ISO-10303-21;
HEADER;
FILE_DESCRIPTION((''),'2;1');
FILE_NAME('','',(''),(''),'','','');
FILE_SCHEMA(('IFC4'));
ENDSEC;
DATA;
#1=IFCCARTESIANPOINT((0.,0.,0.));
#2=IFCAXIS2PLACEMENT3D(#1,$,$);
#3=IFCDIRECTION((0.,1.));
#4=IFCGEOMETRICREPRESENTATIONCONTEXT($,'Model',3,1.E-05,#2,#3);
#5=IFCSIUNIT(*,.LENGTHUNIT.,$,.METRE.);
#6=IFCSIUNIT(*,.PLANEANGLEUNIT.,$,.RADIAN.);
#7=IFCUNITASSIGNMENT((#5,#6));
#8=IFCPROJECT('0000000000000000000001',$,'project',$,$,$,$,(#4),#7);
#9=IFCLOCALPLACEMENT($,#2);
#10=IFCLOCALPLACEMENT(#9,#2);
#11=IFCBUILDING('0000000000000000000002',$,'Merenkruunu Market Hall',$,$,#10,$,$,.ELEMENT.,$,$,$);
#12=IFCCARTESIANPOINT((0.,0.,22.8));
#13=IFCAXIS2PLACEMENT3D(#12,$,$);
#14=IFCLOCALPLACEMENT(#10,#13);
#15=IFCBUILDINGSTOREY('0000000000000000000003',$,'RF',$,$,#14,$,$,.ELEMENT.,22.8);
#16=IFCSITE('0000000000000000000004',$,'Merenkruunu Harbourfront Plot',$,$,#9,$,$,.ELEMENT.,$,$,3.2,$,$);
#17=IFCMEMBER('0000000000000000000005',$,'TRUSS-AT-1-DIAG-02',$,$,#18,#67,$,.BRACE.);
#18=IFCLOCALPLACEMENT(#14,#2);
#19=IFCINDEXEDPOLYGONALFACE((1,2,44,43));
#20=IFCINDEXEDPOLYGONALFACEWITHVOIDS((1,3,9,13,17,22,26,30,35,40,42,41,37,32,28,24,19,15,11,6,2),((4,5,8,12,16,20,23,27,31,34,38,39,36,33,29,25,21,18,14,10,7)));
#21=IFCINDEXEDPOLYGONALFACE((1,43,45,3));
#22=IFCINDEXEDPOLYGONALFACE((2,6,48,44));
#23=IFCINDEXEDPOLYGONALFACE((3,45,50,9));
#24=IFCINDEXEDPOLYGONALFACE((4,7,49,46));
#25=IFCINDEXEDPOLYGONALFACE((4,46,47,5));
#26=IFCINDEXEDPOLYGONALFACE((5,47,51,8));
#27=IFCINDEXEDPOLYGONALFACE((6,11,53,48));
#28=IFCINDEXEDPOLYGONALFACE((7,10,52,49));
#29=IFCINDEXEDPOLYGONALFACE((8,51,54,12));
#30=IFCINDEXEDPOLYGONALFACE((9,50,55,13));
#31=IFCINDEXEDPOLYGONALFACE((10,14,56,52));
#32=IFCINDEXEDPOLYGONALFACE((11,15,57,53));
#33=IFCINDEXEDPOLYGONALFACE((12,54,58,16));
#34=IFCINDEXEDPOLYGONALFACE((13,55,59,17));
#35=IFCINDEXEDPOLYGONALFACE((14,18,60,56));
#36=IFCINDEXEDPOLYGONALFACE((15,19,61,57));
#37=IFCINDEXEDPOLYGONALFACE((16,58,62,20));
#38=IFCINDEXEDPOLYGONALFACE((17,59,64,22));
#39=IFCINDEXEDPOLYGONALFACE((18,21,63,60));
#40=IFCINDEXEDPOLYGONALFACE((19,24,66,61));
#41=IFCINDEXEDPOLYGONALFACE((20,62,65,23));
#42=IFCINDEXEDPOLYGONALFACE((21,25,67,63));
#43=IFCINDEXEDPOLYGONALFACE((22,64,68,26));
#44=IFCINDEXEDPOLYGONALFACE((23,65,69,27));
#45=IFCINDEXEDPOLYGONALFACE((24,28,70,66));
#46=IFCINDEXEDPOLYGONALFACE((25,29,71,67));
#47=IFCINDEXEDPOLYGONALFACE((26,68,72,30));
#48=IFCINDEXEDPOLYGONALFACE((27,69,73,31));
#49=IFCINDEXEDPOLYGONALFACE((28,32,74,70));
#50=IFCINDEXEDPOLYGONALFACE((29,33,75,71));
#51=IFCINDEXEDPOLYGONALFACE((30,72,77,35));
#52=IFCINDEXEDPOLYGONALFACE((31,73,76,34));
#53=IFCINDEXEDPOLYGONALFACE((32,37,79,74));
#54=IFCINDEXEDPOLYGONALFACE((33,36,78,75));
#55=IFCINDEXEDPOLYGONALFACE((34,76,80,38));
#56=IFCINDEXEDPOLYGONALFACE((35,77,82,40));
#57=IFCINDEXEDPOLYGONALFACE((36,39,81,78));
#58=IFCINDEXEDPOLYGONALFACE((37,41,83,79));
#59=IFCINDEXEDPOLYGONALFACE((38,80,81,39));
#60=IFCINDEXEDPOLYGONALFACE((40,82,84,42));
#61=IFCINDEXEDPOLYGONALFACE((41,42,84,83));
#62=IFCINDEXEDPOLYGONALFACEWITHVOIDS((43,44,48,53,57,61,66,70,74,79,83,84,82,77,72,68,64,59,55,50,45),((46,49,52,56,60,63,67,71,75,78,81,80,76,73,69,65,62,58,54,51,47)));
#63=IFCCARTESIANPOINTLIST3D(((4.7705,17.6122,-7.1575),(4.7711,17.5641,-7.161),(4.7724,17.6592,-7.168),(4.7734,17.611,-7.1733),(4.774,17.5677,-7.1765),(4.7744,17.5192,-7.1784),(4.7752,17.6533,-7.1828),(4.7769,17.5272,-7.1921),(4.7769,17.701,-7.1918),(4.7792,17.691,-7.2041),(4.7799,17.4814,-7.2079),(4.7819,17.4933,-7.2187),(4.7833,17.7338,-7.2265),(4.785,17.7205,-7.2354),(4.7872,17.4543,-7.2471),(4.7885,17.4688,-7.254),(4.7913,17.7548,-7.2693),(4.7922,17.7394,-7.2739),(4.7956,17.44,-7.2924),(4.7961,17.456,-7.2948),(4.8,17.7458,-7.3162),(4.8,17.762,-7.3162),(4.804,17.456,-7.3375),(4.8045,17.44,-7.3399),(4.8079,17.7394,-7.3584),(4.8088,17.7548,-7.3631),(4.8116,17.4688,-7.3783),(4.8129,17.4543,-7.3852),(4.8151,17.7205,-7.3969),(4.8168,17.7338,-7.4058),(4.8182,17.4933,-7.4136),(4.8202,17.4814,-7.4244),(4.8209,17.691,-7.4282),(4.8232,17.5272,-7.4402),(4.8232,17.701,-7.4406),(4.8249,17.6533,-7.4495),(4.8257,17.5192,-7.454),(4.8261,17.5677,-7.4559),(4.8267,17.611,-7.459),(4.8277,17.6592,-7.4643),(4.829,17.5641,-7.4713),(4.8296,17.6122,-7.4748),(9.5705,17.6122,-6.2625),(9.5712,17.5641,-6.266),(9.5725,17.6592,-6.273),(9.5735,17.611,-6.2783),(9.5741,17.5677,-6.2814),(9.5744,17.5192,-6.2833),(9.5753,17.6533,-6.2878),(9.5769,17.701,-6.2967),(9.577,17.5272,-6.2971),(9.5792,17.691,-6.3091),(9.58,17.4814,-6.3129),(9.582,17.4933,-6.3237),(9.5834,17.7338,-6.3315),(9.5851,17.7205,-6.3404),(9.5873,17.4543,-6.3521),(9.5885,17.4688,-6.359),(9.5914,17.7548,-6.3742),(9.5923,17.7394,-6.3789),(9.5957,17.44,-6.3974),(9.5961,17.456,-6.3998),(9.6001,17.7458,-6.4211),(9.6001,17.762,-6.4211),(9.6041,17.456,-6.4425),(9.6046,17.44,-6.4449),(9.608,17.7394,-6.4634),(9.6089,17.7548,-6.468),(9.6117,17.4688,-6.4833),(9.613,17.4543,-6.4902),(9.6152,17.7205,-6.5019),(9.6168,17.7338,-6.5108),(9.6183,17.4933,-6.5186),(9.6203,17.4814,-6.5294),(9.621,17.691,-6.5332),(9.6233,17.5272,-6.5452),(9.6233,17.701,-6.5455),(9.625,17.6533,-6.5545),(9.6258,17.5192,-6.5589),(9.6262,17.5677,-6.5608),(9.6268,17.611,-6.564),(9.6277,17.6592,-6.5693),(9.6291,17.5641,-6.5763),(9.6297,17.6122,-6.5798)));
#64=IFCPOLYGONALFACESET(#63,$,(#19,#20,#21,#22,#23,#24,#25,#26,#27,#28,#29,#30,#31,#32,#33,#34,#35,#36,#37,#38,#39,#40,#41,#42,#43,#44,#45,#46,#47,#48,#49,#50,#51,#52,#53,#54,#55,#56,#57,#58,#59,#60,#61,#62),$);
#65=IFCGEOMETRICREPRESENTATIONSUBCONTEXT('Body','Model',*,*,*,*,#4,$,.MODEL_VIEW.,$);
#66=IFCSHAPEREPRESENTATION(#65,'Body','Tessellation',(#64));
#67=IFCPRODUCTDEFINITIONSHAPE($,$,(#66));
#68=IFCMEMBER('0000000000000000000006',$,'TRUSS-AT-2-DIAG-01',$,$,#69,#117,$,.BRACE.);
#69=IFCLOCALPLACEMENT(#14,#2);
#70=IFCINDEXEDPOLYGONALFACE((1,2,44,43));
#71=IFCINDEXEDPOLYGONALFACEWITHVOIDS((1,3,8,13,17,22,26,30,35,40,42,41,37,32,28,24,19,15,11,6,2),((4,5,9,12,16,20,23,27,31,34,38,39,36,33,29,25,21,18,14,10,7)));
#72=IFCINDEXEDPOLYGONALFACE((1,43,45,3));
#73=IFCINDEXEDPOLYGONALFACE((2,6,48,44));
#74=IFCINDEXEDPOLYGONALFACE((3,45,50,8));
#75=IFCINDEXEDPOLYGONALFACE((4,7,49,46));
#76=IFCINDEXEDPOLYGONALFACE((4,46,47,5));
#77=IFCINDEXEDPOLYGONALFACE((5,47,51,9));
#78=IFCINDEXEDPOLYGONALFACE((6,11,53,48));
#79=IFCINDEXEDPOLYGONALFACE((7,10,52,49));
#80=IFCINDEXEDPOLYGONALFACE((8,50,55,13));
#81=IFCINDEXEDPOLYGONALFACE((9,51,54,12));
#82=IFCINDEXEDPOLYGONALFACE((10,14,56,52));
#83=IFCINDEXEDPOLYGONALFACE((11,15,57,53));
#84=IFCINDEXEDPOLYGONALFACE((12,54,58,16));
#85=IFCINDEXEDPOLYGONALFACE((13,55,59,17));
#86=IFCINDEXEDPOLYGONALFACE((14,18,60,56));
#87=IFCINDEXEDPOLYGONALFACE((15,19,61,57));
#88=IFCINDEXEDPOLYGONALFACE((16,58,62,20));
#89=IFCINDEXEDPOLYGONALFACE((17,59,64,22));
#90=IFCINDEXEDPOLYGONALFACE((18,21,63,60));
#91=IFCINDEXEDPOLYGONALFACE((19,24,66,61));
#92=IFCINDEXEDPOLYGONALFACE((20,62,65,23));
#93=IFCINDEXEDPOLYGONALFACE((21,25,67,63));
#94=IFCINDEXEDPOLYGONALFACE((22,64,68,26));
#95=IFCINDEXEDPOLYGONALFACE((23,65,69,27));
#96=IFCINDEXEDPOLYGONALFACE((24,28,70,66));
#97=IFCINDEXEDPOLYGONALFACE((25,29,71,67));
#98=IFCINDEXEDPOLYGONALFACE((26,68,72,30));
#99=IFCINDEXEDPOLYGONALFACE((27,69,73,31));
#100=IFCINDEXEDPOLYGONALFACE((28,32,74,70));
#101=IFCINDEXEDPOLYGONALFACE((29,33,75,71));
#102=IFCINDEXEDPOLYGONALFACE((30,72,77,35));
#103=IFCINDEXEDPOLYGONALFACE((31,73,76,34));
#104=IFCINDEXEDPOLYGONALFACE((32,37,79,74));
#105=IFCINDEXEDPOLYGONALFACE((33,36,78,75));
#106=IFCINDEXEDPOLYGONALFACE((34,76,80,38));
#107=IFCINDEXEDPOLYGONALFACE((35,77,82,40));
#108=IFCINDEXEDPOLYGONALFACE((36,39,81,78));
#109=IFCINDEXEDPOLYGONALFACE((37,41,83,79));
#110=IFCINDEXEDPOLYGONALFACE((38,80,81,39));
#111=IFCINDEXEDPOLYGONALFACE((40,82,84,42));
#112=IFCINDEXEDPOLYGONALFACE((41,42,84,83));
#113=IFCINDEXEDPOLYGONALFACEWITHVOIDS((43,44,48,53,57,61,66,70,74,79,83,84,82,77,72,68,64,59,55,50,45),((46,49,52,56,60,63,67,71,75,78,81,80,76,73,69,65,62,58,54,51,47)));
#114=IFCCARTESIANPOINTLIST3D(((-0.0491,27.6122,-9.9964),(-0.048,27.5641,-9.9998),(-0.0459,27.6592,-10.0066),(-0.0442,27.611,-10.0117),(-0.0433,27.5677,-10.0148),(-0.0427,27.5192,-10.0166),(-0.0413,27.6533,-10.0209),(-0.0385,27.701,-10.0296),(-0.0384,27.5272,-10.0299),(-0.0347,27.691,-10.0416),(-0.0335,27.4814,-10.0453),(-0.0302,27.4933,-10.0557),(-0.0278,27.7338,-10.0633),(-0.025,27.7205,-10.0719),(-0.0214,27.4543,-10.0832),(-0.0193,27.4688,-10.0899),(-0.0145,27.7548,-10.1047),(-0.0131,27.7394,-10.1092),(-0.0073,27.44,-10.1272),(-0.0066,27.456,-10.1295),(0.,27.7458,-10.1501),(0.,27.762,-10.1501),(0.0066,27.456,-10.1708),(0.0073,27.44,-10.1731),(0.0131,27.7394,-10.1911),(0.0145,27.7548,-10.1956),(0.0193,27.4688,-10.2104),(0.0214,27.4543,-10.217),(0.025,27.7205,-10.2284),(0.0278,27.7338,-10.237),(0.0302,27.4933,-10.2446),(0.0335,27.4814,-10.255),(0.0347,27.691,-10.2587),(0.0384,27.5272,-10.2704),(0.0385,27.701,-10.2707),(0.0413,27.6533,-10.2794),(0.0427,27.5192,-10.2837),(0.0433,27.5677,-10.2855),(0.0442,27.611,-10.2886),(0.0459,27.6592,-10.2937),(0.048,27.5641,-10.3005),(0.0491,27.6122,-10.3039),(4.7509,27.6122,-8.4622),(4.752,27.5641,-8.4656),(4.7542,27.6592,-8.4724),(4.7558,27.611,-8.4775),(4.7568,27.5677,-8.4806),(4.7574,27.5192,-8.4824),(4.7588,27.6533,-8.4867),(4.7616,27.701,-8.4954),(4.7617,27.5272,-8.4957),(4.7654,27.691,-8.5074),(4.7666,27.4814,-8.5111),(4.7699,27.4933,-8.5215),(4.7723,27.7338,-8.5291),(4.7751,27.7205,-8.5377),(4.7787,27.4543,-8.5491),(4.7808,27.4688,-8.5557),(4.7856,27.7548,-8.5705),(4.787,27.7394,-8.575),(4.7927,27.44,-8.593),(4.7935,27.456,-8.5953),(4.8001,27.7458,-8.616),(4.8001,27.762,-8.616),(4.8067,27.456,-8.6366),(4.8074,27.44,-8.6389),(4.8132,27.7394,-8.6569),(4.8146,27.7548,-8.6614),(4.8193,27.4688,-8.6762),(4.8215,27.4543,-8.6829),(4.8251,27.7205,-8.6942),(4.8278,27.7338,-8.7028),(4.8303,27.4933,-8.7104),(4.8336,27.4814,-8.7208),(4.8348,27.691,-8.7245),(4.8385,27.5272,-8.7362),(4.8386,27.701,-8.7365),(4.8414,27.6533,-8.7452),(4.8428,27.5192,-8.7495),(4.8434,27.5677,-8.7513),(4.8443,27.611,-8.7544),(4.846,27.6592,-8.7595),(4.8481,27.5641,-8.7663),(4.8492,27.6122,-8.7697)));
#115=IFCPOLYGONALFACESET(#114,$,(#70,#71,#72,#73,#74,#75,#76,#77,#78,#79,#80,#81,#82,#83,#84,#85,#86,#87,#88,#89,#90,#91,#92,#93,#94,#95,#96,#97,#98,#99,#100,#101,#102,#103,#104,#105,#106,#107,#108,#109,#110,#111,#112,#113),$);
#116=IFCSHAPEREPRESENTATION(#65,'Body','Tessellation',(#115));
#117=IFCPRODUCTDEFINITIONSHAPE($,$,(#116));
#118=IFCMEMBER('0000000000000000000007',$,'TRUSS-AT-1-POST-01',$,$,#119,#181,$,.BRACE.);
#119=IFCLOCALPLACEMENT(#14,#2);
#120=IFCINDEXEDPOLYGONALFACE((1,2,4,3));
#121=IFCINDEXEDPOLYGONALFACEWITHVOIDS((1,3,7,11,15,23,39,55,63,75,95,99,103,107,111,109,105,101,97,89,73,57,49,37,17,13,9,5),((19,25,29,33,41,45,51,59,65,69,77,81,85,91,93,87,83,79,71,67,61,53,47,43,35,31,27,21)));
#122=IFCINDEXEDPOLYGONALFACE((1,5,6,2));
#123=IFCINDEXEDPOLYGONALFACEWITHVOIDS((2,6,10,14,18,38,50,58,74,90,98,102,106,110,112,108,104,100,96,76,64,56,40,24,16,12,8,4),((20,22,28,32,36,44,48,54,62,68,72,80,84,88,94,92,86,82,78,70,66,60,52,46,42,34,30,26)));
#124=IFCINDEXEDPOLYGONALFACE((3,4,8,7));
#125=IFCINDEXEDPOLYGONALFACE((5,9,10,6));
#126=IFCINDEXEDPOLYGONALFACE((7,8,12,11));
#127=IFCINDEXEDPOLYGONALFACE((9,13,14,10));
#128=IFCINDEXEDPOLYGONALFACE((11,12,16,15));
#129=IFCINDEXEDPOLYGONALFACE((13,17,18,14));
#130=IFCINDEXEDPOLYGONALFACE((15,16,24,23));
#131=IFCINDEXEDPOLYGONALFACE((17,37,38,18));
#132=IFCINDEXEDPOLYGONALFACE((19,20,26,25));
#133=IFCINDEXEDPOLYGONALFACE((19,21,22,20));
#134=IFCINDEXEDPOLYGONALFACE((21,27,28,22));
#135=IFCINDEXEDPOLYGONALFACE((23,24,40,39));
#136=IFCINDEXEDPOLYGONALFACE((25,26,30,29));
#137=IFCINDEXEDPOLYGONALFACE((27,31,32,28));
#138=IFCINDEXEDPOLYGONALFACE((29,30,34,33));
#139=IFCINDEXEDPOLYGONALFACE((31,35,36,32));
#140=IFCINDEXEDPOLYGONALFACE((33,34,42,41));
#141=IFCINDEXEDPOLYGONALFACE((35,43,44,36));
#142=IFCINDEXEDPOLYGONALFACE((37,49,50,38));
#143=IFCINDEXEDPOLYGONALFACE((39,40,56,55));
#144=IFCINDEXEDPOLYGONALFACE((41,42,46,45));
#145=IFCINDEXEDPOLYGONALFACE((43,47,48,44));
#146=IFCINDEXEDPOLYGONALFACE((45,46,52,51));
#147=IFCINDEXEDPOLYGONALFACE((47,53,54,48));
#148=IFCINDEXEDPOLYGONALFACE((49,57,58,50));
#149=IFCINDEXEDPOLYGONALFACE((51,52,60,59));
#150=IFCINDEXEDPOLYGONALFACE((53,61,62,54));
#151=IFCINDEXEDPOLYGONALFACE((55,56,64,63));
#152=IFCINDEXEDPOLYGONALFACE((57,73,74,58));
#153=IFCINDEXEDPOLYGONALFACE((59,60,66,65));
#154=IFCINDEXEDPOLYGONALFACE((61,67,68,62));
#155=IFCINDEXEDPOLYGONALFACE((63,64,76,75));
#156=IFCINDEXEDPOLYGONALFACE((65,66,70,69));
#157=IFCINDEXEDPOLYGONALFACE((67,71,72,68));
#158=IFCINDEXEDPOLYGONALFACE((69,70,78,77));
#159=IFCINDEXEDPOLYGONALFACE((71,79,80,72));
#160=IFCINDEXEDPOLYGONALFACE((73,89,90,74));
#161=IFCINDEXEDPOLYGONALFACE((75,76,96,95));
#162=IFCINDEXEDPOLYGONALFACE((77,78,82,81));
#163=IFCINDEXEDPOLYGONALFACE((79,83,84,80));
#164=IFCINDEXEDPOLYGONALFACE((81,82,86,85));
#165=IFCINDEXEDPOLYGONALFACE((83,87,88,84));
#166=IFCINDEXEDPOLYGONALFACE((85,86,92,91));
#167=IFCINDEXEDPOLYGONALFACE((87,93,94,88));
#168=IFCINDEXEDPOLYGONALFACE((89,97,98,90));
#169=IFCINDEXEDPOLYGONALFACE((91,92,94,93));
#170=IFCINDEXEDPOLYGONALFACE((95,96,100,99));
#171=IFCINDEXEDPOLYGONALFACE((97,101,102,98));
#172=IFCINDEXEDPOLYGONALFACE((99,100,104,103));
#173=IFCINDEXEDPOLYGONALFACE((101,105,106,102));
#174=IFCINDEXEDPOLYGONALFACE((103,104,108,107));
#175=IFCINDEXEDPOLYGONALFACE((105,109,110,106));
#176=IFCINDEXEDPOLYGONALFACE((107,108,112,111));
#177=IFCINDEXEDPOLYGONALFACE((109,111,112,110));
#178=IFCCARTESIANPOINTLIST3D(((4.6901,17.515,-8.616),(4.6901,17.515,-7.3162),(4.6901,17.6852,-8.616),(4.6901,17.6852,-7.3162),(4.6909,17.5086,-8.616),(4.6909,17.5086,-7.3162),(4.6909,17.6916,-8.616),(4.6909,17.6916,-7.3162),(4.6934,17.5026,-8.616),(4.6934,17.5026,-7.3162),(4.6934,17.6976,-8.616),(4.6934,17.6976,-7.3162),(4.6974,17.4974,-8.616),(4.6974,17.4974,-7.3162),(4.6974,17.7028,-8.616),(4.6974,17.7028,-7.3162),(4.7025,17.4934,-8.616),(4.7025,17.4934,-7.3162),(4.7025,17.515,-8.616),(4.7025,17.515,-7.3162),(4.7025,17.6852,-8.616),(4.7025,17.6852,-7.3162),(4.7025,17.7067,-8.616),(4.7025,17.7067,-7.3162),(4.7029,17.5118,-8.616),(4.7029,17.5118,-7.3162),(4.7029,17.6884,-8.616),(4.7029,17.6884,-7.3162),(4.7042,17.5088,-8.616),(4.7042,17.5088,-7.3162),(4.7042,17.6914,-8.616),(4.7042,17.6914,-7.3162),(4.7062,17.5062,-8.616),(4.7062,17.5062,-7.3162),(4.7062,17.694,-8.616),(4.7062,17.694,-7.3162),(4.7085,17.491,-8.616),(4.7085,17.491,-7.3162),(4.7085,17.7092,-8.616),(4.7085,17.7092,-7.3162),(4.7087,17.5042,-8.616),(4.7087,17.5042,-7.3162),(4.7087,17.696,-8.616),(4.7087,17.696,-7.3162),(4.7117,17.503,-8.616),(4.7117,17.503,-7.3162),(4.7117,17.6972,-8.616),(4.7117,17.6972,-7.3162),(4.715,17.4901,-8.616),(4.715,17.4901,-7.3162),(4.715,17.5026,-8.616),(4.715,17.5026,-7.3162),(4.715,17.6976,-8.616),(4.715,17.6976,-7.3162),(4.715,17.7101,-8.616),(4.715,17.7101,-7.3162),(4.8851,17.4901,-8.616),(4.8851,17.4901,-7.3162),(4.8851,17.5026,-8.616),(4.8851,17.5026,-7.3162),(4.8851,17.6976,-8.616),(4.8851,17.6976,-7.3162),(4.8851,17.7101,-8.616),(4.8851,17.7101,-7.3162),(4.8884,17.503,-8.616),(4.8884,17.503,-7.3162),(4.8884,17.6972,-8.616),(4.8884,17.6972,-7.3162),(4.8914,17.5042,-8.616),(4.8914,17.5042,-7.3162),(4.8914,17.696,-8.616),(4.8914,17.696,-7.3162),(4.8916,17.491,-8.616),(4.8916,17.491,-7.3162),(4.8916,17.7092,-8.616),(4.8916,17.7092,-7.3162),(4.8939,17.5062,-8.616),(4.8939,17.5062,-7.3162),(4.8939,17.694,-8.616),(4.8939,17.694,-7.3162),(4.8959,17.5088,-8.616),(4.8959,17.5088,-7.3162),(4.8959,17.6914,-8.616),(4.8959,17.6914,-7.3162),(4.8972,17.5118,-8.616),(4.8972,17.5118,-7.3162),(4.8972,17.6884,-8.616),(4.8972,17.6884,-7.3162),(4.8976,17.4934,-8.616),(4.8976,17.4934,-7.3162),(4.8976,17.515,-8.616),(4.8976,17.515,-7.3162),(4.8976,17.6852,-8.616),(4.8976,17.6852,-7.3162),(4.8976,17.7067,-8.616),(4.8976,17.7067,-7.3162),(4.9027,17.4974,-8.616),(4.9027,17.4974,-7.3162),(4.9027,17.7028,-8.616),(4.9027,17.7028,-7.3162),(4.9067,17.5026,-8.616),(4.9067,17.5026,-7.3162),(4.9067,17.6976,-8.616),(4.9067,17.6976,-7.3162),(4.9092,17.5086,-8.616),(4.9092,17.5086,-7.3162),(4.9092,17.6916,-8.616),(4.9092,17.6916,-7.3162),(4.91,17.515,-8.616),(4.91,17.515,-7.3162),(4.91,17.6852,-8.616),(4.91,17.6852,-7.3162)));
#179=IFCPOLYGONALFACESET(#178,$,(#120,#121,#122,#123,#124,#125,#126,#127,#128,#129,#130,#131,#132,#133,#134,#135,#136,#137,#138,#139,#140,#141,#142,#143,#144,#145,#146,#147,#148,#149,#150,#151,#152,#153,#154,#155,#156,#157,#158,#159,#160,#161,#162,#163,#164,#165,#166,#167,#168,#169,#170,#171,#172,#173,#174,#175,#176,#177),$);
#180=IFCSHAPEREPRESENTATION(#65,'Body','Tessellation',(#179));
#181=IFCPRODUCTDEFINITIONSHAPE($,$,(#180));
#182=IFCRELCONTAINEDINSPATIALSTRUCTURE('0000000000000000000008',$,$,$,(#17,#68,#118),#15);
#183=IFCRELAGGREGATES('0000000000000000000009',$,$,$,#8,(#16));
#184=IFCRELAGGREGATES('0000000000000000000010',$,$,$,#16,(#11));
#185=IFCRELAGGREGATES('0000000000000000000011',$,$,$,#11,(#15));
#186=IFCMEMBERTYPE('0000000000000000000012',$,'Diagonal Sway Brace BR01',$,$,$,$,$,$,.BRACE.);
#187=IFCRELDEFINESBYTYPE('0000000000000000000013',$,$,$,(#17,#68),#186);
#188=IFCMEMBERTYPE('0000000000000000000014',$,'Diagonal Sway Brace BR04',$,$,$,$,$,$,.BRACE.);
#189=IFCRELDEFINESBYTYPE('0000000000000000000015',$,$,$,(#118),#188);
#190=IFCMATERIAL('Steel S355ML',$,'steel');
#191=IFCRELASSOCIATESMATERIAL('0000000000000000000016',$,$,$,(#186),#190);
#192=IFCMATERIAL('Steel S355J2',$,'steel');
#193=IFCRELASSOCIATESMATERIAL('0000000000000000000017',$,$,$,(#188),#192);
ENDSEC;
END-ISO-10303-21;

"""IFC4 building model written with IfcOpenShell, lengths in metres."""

from ifc_helpers import new_model, si_unit, direction, frame, origin, origin_2d, place, context, subcontext, project, spatial, hollow_rectangle, hollow_circle, extrude, material, material_profile, profile_set, type_object, element, save


model = new_model("IFC4")

# Units and contexts
model_context = context("Model", 3, precision=1e-05, world=origin(), true_north=direction((0.0, 1.0)))
body_context = subcontext(model_context, "Body", "Model", "MODEL_VIEW")
ifc_project = project(units=[si_unit("LENGTHUNIT", "METRE"), si_unit("PLANEANGLEUNIT", "RADIAN")], contexts=[model_context])

# Site, building, storey
site_placement = place(None, origin())
site = spatial("IfcSite", under=ifc_project, at=site_placement, Name="Merenkruunu Harbourfront Plot", CompositionType="ELEMENT", RefElevation=3.2)
building_placement = place(site_placement, origin())
building = spatial("IfcBuilding", under=site, at=building_placement, Name="Merenkruunu Market Hall", CompositionType="ELEMENT")
storey_placement = place(building_placement, frame((0.0, 0.0, 22.8)))
storey = spatial("IfcBuildingStorey", under=building, at=storey_placement, Name="RF", CompositionType="ELEMENT", Elevation=22.8)

# Shared definitions
ifc_material_1 = material(Name="Steel S355ML", Category="steel")

# Members
ifc_material_profile_1 = material_profile(ifc_material_1, hollow_circle(Radius=0.1619, WallThickness=0.0161, at=origin_2d()), Name="CHS 323.9x16")
ifc_profile_set_1 = profile_set([ifc_material_profile_1], Name="Steel S355ML")
member_type_1 = type_object("IfcMemberType", Name="Diagonal Sway Brace BR01", PredefinedType="BRACE", material=ifc_profile_set_1)
member_1_placement = place(storey_placement, frame((4.8, 17.6001, -7.3162), z_axis=(0.983057, 0.0, 0.183301), x_axis=(0.0, 1.0, 0.0)))
element("IfcMember", 1, at=member_1_placement, inside=storey, type_object=member_type_1, Name="TRUSS-AT-1-DIAG-02", PredefinedType="BRACE", context=body_context, shape_type="SweptSolid", body=[
    extrude(hollow_circle(Radius=0.1619, WallThickness=0.0161, at=origin_2d()), origin(), (0.0, 0.0, 1.0), 4.8828),
])
member_2_placement = place(storey_placement, frame((0.0, 27.6001, -10.1501), z_axis=(0.95253, 0.0, 0.304445), x_axis=(0.0, 1.0, 0.0)))
element("IfcMember", 2, at=member_2_placement, inside=storey, type_object=member_type_1, Name="TRUSS-AT-2-DIAG-01", PredefinedType="BRACE", context=body_context, shape_type="SweptSolid", body=[
    extrude(hollow_circle(Radius=0.1619, WallThickness=0.0161, at=origin_2d()), origin(), (0.0, 0.0, 1.0), 5.0393),
])
ifc_material_2 = material(Name="Steel S355J2", Category="steel")
ifc_material_profile_2 = material_profile(ifc_material_2, hollow_rectangle(XDim=0.22, YDim=0.22, WallThickness=0.0125, InnerFilletRadius=0.0125, OuterFilletRadius=0.0249, at=origin_2d()), Name="SHS 220x220x12.5")
ifc_profile_set_2 = profile_set([ifc_material_profile_2], Name="Steel S355J2")
member_type_2 = type_object("IfcMemberType", Name="Diagonal Sway Brace BR04", PredefinedType="BRACE", material=ifc_profile_set_2)
member_3_placement = place(storey_placement, frame((4.8, 17.6001, -8.616), z_axis=(0.0, 0.0, 1.0), x_axis=(1.0, 0.0, 0.0)))
element("IfcMember", 3, at=member_3_placement, inside=storey, type_object=member_type_2, Name="TRUSS-AT-1-POST-01", PredefinedType="BRACE", context=body_context, shape_type="SweptSolid", body=[
    extrude(hollow_rectangle(XDim=0.22, YDim=0.22, WallThickness=0.0125, InnerFilletRadius=0.0125, OuterFilletRadius=0.0249, at=origin_2d()), origin(), (0.0, 0.0, 1.0), 1.2998),
])

save(model, "model.ifc")
